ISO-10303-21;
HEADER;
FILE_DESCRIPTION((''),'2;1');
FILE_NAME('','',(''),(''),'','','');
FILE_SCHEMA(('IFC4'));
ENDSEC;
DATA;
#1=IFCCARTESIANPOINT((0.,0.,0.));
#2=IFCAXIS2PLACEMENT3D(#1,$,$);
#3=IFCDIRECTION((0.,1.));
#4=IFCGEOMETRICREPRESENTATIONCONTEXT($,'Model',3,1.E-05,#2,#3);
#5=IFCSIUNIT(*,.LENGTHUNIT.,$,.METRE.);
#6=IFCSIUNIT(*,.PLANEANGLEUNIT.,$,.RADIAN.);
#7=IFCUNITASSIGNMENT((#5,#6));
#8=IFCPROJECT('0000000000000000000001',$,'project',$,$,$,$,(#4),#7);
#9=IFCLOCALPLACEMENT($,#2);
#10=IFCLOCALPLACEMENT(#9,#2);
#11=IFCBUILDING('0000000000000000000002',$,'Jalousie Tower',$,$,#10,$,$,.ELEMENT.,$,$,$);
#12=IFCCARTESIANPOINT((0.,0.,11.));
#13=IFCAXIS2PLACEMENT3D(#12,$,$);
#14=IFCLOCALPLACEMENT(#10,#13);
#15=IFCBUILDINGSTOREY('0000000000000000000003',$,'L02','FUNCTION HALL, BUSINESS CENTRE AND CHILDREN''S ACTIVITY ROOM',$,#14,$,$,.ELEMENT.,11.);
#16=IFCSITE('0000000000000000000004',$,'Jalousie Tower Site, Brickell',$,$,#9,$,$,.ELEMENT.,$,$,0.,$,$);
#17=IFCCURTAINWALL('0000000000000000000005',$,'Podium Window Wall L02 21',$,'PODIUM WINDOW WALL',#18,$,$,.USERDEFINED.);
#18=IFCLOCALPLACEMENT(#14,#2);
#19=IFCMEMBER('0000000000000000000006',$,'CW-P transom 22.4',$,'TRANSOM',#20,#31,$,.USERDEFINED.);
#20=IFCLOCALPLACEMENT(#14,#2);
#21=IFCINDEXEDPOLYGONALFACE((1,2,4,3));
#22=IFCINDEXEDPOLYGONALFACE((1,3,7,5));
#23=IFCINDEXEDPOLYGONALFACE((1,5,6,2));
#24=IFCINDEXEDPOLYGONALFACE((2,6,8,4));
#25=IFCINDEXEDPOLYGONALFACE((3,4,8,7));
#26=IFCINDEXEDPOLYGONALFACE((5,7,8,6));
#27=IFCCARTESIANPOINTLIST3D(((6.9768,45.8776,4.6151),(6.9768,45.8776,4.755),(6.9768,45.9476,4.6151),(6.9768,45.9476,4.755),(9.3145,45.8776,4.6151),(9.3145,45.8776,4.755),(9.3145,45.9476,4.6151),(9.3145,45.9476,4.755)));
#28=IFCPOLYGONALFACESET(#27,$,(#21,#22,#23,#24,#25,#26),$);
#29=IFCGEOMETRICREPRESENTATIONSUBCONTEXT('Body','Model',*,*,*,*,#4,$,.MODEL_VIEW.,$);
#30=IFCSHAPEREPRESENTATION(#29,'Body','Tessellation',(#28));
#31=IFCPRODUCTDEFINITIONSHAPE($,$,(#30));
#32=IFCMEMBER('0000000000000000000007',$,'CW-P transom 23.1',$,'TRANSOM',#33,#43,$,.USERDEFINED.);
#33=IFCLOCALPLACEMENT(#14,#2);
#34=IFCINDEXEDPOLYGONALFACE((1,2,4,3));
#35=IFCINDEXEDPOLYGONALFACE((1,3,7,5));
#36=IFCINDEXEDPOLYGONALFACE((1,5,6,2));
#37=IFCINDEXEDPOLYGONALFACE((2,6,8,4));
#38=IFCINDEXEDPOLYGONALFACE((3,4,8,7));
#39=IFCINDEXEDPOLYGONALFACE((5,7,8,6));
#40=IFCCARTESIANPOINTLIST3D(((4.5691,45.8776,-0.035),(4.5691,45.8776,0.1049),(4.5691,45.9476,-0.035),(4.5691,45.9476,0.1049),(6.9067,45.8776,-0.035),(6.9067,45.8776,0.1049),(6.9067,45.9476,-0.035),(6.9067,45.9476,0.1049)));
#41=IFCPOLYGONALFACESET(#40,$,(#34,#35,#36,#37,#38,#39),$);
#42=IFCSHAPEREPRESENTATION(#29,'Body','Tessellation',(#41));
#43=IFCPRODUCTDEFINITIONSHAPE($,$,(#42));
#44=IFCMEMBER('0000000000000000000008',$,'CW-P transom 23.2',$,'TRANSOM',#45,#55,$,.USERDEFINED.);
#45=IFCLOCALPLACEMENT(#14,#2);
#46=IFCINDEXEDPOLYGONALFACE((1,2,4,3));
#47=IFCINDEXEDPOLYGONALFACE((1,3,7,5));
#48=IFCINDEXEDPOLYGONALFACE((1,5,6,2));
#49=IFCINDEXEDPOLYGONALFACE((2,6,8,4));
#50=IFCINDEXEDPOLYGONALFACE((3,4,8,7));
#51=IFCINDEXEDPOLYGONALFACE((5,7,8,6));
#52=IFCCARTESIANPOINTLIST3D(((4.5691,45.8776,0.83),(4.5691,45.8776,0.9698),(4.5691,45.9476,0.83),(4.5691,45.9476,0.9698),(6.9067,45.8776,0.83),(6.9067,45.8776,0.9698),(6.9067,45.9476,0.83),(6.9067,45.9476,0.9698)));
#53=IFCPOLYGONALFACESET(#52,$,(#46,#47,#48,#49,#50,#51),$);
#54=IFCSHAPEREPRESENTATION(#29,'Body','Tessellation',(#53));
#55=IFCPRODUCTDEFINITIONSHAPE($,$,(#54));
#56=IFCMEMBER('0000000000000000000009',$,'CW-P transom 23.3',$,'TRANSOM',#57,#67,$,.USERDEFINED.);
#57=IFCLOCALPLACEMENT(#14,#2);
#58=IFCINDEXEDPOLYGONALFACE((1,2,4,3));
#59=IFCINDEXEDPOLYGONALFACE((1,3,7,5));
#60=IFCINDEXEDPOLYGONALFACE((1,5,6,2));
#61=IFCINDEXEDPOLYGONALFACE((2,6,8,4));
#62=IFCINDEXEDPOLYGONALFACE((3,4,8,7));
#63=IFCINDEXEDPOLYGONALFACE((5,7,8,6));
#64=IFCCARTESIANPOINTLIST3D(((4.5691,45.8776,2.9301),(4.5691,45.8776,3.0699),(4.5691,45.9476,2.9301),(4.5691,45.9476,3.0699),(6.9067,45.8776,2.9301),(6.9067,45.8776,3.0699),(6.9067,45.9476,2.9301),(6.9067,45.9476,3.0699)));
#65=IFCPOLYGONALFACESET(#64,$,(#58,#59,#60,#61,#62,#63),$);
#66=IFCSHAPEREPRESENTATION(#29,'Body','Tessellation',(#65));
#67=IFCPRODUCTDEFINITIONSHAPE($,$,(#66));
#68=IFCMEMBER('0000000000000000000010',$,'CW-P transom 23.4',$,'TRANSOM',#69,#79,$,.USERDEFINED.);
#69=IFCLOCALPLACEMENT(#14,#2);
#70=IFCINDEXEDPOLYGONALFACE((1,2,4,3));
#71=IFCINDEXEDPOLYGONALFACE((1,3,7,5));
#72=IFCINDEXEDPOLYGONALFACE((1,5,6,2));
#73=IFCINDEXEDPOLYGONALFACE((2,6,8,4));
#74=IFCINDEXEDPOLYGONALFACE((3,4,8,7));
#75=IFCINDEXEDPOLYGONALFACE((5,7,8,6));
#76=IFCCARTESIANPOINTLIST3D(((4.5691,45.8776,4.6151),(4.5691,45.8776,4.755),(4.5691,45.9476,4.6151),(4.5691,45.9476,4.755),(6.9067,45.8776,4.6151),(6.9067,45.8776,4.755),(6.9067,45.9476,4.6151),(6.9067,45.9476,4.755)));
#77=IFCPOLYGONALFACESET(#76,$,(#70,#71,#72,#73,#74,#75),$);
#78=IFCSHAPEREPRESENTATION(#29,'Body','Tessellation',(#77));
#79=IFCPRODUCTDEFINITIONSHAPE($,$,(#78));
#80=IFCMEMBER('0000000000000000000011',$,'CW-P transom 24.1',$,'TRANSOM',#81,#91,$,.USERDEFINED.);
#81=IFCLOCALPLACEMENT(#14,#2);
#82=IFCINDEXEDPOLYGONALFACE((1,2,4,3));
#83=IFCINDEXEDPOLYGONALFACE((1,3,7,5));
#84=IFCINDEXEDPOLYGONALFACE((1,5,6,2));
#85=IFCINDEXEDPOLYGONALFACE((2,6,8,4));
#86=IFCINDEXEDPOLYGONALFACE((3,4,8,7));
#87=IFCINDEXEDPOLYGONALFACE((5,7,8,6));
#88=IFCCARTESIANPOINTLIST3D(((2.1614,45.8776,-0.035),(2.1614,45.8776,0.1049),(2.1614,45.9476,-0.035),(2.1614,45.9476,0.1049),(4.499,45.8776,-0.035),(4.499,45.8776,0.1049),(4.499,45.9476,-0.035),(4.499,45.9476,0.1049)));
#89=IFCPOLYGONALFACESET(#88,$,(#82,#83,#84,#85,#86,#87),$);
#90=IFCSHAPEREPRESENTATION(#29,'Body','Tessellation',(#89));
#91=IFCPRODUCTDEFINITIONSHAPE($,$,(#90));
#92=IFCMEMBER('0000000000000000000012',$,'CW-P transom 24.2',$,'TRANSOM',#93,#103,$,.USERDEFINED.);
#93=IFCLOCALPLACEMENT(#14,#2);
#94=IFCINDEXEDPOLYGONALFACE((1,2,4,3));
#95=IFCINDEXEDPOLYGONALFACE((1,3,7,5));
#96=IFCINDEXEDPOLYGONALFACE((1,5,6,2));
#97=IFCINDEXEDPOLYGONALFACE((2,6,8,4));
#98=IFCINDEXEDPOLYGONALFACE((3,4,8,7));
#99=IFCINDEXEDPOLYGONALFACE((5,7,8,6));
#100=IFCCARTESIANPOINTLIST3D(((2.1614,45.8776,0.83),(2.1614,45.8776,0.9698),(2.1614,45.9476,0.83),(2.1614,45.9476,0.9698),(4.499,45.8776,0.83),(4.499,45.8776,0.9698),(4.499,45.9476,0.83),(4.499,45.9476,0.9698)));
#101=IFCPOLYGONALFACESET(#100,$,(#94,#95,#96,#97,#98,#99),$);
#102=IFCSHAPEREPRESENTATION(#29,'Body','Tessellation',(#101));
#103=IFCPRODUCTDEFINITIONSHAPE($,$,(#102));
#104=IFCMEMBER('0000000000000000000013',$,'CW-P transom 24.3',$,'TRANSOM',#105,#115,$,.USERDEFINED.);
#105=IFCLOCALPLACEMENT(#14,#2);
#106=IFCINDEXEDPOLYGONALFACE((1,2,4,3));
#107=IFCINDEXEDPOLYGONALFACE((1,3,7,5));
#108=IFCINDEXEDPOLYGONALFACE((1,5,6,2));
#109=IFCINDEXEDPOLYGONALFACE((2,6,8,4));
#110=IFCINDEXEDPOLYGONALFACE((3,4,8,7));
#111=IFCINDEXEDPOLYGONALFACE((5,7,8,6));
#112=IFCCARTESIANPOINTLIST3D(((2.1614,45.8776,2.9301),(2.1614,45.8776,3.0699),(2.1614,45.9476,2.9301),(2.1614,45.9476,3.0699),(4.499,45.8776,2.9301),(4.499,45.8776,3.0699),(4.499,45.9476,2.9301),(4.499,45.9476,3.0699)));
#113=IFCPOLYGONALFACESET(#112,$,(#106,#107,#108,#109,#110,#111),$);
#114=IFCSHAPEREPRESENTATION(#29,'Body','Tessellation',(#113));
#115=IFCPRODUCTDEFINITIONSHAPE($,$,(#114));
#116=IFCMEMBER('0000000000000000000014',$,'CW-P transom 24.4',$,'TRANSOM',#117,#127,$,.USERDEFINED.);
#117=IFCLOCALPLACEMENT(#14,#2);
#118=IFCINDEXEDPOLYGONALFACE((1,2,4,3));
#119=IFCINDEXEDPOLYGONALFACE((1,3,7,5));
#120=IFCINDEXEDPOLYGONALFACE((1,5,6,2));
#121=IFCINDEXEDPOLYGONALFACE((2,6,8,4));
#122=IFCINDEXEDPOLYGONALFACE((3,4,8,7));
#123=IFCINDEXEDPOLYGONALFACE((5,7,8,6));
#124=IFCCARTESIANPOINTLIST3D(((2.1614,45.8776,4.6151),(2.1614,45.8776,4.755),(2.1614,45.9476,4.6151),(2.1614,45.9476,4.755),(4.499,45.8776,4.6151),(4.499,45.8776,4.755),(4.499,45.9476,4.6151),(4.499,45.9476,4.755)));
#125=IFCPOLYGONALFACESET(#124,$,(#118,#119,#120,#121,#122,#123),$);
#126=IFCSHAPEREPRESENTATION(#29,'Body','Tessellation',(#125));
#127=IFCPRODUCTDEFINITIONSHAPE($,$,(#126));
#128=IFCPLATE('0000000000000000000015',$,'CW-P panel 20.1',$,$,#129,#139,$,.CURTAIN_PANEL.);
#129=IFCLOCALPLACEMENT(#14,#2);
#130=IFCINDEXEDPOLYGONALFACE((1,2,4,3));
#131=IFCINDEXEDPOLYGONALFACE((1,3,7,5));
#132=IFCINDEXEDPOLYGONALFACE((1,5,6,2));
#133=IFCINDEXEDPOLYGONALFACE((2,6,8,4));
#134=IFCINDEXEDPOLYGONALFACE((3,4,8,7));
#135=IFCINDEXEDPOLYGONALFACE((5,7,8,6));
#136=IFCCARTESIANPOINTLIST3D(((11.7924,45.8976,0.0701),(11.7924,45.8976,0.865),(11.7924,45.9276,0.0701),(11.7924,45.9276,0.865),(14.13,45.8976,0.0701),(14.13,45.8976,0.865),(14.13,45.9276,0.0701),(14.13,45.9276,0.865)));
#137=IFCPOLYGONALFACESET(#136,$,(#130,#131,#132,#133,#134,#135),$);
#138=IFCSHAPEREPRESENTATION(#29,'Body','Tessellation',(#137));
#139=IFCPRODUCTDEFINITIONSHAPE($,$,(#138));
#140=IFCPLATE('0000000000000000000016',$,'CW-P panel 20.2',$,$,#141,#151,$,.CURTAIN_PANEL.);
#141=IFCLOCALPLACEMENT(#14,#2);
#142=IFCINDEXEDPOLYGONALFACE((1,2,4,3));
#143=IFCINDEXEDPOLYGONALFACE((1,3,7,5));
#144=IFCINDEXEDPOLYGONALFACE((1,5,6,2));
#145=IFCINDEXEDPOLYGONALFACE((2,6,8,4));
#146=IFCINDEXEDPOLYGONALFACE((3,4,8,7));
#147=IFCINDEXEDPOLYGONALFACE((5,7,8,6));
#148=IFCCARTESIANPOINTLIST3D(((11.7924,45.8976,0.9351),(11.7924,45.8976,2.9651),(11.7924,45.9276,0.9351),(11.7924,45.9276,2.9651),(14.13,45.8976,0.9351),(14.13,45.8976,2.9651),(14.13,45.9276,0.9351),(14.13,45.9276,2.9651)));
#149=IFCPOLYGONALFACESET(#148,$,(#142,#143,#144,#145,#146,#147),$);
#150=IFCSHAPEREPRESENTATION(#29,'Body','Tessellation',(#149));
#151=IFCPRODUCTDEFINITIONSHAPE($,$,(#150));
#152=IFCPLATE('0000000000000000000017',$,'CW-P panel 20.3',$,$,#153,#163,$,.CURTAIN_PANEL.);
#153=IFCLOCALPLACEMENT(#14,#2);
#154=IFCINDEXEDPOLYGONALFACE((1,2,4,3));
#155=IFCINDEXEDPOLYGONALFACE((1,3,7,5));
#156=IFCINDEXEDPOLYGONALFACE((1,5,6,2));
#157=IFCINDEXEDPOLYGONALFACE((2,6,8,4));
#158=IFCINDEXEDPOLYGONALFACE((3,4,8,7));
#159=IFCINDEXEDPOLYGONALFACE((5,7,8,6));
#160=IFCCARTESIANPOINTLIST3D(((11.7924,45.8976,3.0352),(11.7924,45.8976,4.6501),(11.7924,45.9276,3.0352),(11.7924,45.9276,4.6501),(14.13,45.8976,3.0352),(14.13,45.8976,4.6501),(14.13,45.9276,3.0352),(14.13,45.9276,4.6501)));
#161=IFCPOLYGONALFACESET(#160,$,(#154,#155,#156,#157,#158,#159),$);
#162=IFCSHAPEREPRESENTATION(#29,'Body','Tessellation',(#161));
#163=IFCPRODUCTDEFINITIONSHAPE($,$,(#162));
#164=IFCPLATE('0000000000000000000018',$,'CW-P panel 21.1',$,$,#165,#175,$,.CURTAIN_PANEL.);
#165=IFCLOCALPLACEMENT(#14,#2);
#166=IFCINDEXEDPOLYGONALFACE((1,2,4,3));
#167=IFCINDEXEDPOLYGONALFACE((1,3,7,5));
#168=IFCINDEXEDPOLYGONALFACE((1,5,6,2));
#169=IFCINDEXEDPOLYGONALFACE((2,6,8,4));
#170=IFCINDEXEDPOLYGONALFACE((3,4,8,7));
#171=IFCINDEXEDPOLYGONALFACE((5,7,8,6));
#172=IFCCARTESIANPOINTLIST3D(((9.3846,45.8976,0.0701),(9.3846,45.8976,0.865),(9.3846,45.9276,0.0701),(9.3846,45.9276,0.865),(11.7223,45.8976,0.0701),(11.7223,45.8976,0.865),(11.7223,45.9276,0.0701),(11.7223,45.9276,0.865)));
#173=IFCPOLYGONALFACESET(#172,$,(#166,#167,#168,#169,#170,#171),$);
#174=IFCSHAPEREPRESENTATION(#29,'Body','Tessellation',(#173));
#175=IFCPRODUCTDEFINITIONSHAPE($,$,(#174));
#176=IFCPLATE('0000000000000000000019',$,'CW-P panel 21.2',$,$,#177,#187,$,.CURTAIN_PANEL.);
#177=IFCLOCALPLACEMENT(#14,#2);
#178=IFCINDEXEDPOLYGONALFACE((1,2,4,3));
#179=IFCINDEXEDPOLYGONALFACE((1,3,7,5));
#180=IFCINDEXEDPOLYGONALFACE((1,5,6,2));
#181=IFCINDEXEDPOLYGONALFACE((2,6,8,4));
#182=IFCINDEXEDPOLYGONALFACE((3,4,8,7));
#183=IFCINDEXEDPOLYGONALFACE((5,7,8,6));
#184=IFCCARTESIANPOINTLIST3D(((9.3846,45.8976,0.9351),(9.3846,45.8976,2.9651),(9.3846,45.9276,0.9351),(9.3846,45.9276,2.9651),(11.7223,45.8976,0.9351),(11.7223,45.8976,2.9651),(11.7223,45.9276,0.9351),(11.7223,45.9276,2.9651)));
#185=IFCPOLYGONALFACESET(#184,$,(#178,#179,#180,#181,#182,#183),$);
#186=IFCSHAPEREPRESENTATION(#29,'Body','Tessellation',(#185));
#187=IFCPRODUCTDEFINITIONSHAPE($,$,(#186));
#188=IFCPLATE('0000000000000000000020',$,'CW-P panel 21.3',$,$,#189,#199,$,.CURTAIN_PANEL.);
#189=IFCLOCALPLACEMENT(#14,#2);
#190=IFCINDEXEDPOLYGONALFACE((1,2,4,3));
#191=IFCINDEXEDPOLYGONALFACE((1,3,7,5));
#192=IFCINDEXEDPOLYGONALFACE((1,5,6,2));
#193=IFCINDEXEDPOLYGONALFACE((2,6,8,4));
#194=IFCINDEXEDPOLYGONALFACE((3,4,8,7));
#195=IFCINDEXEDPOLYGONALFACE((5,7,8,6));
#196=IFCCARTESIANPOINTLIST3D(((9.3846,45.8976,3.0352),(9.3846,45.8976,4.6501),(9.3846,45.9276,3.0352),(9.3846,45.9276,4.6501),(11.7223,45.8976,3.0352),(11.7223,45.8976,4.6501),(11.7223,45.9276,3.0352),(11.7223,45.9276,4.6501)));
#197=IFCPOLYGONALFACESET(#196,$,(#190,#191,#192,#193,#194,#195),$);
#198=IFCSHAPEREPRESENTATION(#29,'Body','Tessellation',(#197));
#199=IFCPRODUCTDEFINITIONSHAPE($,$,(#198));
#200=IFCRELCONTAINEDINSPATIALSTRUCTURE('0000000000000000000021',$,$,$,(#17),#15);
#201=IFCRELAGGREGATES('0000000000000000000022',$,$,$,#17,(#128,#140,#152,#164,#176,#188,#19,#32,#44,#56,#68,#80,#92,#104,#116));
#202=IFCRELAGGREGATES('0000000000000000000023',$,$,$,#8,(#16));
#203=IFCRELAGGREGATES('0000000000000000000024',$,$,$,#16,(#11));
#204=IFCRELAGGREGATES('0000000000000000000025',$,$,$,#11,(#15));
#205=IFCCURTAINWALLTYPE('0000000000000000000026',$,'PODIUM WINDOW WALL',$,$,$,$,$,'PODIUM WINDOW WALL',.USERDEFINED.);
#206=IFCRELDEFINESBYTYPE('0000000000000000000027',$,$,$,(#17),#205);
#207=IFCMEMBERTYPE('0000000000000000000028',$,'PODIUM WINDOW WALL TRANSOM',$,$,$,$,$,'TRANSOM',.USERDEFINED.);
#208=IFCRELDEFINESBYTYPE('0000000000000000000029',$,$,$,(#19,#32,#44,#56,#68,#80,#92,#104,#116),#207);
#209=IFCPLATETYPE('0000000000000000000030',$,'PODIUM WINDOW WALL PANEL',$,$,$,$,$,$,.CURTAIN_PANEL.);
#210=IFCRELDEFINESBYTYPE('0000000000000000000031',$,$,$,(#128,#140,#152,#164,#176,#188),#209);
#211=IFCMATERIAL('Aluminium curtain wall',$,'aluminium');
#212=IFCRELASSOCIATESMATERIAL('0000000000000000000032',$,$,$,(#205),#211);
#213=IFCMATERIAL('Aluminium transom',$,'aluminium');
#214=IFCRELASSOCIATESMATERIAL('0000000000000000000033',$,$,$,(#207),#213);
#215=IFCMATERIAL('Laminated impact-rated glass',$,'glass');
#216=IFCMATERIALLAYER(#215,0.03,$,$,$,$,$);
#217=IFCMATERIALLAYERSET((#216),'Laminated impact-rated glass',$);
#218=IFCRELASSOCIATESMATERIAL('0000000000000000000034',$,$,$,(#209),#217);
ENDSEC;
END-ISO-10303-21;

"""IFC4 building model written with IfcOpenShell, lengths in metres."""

from ifc_helpers import new_model, si_unit, direction, frame, origin, origin_2d, place, context, subcontext, project, spatial, rectangle, extrude, material, layer, layer_set, material_profile, profile_set, type_object, element, aggregate, save


model = new_model("IFC4")

# Units and contexts
model_context = context("Model", 3, precision=1e-05, world=origin(), true_north=direction((0.0, 1.0)))
body_context = subcontext(model_context, "Body", "Model", "MODEL_VIEW")
ifc_project = project(units=[si_unit("LENGTHUNIT", "METRE"), si_unit("PLANEANGLEUNIT", "RADIAN")], contexts=[model_context])

# Site, building, storey
site_placement = place(None, origin())
site = spatial("IfcSite", under=ifc_project, at=site_placement, Name="Jalousie Tower Site, Brickell", CompositionType="ELEMENT", RefElevation=0.0)
building_placement = place(site_placement, origin())
building = spatial("IfcBuilding", under=site, at=building_placement, Name="Jalousie Tower", CompositionType="ELEMENT")
storey_placement = place(building_placement, frame((0.0, 0.0, 11.0)))
storey = spatial("IfcBuildingStorey", under=building, at=storey_placement, Name="L02", Description="FUNCTION HALL, BUSINESS CENTRE AND CHILDREN'S ACTIVITY ROOM", CompositionType="ELEMENT", Elevation=11.0)

# Curtain wall, members, plates
ifc_material_1 = material(Name="Aluminium curtain wall", Category="aluminium")
curtain_wall_type = type_object("IfcCurtainWallType", Name="PODIUM WINDOW WALL", ElementType="PODIUM WINDOW WALL", PredefinedType="USERDEFINED", material=ifc_material_1)
curtain_wall_placement = place(storey_placement, origin())
curtain_wall = element("IfcCurtainWall", 1, at=curtain_wall_placement, inside=storey, type_object=curtain_wall_type, Name="Podium Window Wall L02 21", ObjectType="PODIUM WINDOW WALL", PredefinedType="USERDEFINED")
ifc_material_2 = material(Name="Aluminium transom", Category="aluminium")
ifc_material_profile_1 = material_profile(ifc_material_2, rectangle(XDim=0.0701, YDim=0.1399, at=origin_2d()), Name="TRANSOM 70x140")
ifc_profile_set_1 = profile_set([ifc_material_profile_1], Name="Aluminium transom")
member_type_1 = type_object("IfcMemberType", Name="PODIUM WINDOW WALL TRANSOM", ElementType="TRANSOM", PredefinedType="USERDEFINED", material=ifc_profile_set_1)
member_1_placement = place(storey_placement, frame((9.3145, 45.9126, 4.6851), z_axis=(-1.0, 0.0, 0.0), x_axis=(0.0, -1.0, 0.0)))
member_1 = element("IfcMember", 2, at=member_1_placement, type_object=member_type_1, Name="CW-P transom 22.4", ObjectType="TRANSOM", PredefinedType="USERDEFINED", context=body_context, shape_type="SweptSolid", body=[
    extrude(rectangle(XDim=0.0701, YDim=0.1399, at=origin_2d()), origin(), (0.0, 0.0, 1.0), 2.3376),
])
member_2_placement = place(storey_placement, frame((6.9067, 45.9126, 0.0349), z_axis=(-1.0, 0.0, 0.0), x_axis=(0.0, -1.0, 0.0)))
member_2 = element("IfcMember", 3, at=member_2_placement, type_object=member_type_1, Name="CW-P transom 23.1", ObjectType="TRANSOM", PredefinedType="USERDEFINED", context=body_context, shape_type="SweptSolid", body=[
    extrude(rectangle(XDim=0.0701, YDim=0.1399, at=origin_2d()), origin(), (0.0, 0.0, 1.0), 2.3376),
])
member_3_placement = place(storey_placement, frame((6.9067, 45.9126, 0.8999), z_axis=(-1.0, 0.0, 0.0), x_axis=(0.0, -1.0, 0.0)))
member_3 = element("IfcMember", 4, at=member_3_placement, type_object=member_type_1, Name="CW-P transom 23.2", ObjectType="TRANSOM", PredefinedType="USERDEFINED", context=body_context, shape_type="SweptSolid", body=[
    extrude(rectangle(XDim=0.0701, YDim=0.1399, at=origin_2d()), origin(), (0.0, 0.0, 1.0), 2.3376),
])
member_4_placement = place(storey_placement, frame((6.9067, 45.9126, 3.0), z_axis=(-1.0, 0.0, 0.0), x_axis=(0.0, -1.0, 0.0)))
member_4 = element("IfcMember", 5, at=member_4_placement, type_object=member_type_1, Name="CW-P transom 23.3", ObjectType="TRANSOM", PredefinedType="USERDEFINED", context=body_context, shape_type="SweptSolid", body=[
    extrude(rectangle(XDim=0.0701, YDim=0.1399, at=origin_2d()), origin(), (0.0, 0.0, 1.0), 2.3376),
])
member_5_placement = place(storey_placement, frame((6.9067, 45.9126, 4.6851), z_axis=(-1.0, 0.0, 0.0), x_axis=(0.0, -1.0, 0.0)))
member_5 = element("IfcMember", 6, at=member_5_placement, type_object=member_type_1, Name="CW-P transom 23.4", ObjectType="TRANSOM", PredefinedType="USERDEFINED", context=body_context, shape_type="SweptSolid", body=[
    extrude(rectangle(XDim=0.0701, YDim=0.1399, at=origin_2d()), origin(), (0.0, 0.0, 1.0), 2.3376),
])
member_6_placement = place(storey_placement, frame((4.499, 45.9126, 0.0349), z_axis=(-1.0, 0.0, 0.0), x_axis=(0.0, -1.0, 0.0)))
member_6 = element("IfcMember", 7, at=member_6_placement, type_object=member_type_1, Name="CW-P transom 24.1", ObjectType="TRANSOM", PredefinedType="USERDEFINED", context=body_context, shape_type="SweptSolid", body=[
    extrude(rectangle(XDim=0.0701, YDim=0.1399, at=origin_2d()), origin(), (0.0, 0.0, 1.0), 2.3376),
])
member_7_placement = place(storey_placement, frame((4.499, 45.9126, 0.8999), z_axis=(-1.0, 0.0, 0.0), x_axis=(0.0, -1.0, 0.0)))
member_7 = element("IfcMember", 8, at=member_7_placement, type_object=member_type_1, Name="CW-P transom 24.2", ObjectType="TRANSOM", PredefinedType="USERDEFINED", context=body_context, shape_type="SweptSolid", body=[
    extrude(rectangle(XDim=0.0701, YDim=0.1399, at=origin_2d()), origin(), (0.0, 0.0, 1.0), 2.3376),
])
member_8_placement = place(storey_placement, frame((4.499, 45.9126, 3.0), z_axis=(-1.0, 0.0, 0.0), x_axis=(0.0, -1.0, 0.0)))
member_8 = element("IfcMember", 9, at=member_8_placement, type_object=member_type_1, Name="CW-P transom 24.3", ObjectType="TRANSOM", PredefinedType="USERDEFINED", context=body_context, shape_type="SweptSolid", body=[
    extrude(rectangle(XDim=0.0701, YDim=0.1399, at=origin_2d()), origin(), (0.0, 0.0, 1.0), 2.3376),
])
member_9_placement = place(storey_placement, frame((4.499, 45.9126, 4.6851), z_axis=(-1.0, 0.0, 0.0), x_axis=(0.0, -1.0, 0.0)))
member_9 = element("IfcMember", 10, at=member_9_placement, type_object=member_type_1, Name="CW-P transom 24.4", ObjectType="TRANSOM", PredefinedType="USERDEFINED", context=body_context, shape_type="SweptSolid", body=[
    extrude(rectangle(XDim=0.0701, YDim=0.1399, at=origin_2d()), origin(), (0.0, 0.0, 1.0), 2.3376),
])
ifc_material_3 = material(Name="Laminated impact-rated glass", Category="glass")
ifc_layer = layer(ifc_material_3, 0.03)
ifc_layer_set = layer_set([ifc_layer], Name="Laminated impact-rated glass")
plate_type = type_object("IfcPlateType", Name="PODIUM WINDOW WALL PANEL", PredefinedType="CURTAIN_PANEL", material=ifc_layer_set)
plate_1_placement = place(storey_placement, frame((12.9612, 45.9126, 0.0701), z_axis=(0.0, 0.0, 1.0), x_axis=(-1.0, 0.0, 0.0)))
plate_1 = element("IfcPlate", 11, at=plate_1_placement, type_object=plate_type, Name="CW-P panel 20.1", PredefinedType="CURTAIN_PANEL", context=body_context, shape_type="SweptSolid", body=[
    extrude(rectangle(XDim=2.3376, YDim=0.03, at=origin_2d()), origin(), (0.0, 0.0, 1.0), 0.7949),
])
plate_2_placement = place(storey_placement, frame((12.9612, 45.9126, 0.9351), z_axis=(0.0, 0.0, 1.0), x_axis=(-1.0, 0.0, 0.0)))
plate_2 = element("IfcPlate", 12, at=plate_2_placement, type_object=plate_type, Name="CW-P panel 20.2", PredefinedType="CURTAIN_PANEL", context=body_context, shape_type="SweptSolid", body=[
    extrude(rectangle(XDim=2.3376, YDim=0.03, at=origin_2d()), origin(), (0.0, 0.0, 1.0), 2.03),
])
plate_3_placement = place(storey_placement, frame((12.9612, 45.9126, 3.0352), z_axis=(0.0, 0.0, 1.0), x_axis=(-1.0, 0.0, 0.0)))
plate_3 = element("IfcPlate", 13, at=plate_3_placement, type_object=plate_type, Name="CW-P panel 20.3", PredefinedType="CURTAIN_PANEL", context=body_context, shape_type="SweptSolid", body=[
    extrude(rectangle(XDim=2.3376, YDim=0.03, at=origin_2d()), origin(), (0.0, 0.0, 1.0), 1.615),
])
plate_4_placement = place(storey_placement, frame((10.5535, 45.9126, 0.0701), z_axis=(0.0, 0.0, 1.0), x_axis=(-1.0, 0.0, 0.0)))
plate_4 = element("IfcPlate", 14, at=plate_4_placement, type_object=plate_type, Name="CW-P panel 21.1", PredefinedType="CURTAIN_PANEL", context=body_context, shape_type="SweptSolid", body=[
    extrude(rectangle(XDim=2.3376, YDim=0.03, at=origin_2d()), origin(), (0.0, 0.0, 1.0), 0.7949),
])
plate_5_placement = place(storey_placement, frame((10.5535, 45.9126, 0.9351), z_axis=(0.0, 0.0, 1.0), x_axis=(-1.0, 0.0, 0.0)))
plate_5 = element("IfcPlate", 15, at=plate_5_placement, type_object=plate_type, Name="CW-P panel 21.2", PredefinedType="CURTAIN_PANEL", context=body_context, shape_type="SweptSolid", body=[
    extrude(rectangle(XDim=2.3376, YDim=0.03, at=origin_2d()), origin(), (0.0, 0.0, 1.0), 2.03),
])
plate_6_placement = place(storey_placement, frame((10.5535, 45.9126, 3.0352), z_axis=(0.0, 0.0, 1.0), x_axis=(-1.0, 0.0, 0.0)))
plate_6 = element("IfcPlate", 16, at=plate_6_placement, type_object=plate_type, Name="CW-P panel 21.3", PredefinedType="CURTAIN_PANEL", context=body_context, shape_type="SweptSolid", body=[
    extrude(rectangle(XDim=2.3376, YDim=0.03, at=origin_2d()), origin(), (0.0, 0.0, 1.0), 1.615),
])
aggregate(curtain_wall, [plate_1, plate_2, plate_3, plate_4, plate_5, plate_6, member_1, member_2, member_3, member_4, member_5, member_6, member_7, member_8, member_9])

save(model, "model.ifc")
